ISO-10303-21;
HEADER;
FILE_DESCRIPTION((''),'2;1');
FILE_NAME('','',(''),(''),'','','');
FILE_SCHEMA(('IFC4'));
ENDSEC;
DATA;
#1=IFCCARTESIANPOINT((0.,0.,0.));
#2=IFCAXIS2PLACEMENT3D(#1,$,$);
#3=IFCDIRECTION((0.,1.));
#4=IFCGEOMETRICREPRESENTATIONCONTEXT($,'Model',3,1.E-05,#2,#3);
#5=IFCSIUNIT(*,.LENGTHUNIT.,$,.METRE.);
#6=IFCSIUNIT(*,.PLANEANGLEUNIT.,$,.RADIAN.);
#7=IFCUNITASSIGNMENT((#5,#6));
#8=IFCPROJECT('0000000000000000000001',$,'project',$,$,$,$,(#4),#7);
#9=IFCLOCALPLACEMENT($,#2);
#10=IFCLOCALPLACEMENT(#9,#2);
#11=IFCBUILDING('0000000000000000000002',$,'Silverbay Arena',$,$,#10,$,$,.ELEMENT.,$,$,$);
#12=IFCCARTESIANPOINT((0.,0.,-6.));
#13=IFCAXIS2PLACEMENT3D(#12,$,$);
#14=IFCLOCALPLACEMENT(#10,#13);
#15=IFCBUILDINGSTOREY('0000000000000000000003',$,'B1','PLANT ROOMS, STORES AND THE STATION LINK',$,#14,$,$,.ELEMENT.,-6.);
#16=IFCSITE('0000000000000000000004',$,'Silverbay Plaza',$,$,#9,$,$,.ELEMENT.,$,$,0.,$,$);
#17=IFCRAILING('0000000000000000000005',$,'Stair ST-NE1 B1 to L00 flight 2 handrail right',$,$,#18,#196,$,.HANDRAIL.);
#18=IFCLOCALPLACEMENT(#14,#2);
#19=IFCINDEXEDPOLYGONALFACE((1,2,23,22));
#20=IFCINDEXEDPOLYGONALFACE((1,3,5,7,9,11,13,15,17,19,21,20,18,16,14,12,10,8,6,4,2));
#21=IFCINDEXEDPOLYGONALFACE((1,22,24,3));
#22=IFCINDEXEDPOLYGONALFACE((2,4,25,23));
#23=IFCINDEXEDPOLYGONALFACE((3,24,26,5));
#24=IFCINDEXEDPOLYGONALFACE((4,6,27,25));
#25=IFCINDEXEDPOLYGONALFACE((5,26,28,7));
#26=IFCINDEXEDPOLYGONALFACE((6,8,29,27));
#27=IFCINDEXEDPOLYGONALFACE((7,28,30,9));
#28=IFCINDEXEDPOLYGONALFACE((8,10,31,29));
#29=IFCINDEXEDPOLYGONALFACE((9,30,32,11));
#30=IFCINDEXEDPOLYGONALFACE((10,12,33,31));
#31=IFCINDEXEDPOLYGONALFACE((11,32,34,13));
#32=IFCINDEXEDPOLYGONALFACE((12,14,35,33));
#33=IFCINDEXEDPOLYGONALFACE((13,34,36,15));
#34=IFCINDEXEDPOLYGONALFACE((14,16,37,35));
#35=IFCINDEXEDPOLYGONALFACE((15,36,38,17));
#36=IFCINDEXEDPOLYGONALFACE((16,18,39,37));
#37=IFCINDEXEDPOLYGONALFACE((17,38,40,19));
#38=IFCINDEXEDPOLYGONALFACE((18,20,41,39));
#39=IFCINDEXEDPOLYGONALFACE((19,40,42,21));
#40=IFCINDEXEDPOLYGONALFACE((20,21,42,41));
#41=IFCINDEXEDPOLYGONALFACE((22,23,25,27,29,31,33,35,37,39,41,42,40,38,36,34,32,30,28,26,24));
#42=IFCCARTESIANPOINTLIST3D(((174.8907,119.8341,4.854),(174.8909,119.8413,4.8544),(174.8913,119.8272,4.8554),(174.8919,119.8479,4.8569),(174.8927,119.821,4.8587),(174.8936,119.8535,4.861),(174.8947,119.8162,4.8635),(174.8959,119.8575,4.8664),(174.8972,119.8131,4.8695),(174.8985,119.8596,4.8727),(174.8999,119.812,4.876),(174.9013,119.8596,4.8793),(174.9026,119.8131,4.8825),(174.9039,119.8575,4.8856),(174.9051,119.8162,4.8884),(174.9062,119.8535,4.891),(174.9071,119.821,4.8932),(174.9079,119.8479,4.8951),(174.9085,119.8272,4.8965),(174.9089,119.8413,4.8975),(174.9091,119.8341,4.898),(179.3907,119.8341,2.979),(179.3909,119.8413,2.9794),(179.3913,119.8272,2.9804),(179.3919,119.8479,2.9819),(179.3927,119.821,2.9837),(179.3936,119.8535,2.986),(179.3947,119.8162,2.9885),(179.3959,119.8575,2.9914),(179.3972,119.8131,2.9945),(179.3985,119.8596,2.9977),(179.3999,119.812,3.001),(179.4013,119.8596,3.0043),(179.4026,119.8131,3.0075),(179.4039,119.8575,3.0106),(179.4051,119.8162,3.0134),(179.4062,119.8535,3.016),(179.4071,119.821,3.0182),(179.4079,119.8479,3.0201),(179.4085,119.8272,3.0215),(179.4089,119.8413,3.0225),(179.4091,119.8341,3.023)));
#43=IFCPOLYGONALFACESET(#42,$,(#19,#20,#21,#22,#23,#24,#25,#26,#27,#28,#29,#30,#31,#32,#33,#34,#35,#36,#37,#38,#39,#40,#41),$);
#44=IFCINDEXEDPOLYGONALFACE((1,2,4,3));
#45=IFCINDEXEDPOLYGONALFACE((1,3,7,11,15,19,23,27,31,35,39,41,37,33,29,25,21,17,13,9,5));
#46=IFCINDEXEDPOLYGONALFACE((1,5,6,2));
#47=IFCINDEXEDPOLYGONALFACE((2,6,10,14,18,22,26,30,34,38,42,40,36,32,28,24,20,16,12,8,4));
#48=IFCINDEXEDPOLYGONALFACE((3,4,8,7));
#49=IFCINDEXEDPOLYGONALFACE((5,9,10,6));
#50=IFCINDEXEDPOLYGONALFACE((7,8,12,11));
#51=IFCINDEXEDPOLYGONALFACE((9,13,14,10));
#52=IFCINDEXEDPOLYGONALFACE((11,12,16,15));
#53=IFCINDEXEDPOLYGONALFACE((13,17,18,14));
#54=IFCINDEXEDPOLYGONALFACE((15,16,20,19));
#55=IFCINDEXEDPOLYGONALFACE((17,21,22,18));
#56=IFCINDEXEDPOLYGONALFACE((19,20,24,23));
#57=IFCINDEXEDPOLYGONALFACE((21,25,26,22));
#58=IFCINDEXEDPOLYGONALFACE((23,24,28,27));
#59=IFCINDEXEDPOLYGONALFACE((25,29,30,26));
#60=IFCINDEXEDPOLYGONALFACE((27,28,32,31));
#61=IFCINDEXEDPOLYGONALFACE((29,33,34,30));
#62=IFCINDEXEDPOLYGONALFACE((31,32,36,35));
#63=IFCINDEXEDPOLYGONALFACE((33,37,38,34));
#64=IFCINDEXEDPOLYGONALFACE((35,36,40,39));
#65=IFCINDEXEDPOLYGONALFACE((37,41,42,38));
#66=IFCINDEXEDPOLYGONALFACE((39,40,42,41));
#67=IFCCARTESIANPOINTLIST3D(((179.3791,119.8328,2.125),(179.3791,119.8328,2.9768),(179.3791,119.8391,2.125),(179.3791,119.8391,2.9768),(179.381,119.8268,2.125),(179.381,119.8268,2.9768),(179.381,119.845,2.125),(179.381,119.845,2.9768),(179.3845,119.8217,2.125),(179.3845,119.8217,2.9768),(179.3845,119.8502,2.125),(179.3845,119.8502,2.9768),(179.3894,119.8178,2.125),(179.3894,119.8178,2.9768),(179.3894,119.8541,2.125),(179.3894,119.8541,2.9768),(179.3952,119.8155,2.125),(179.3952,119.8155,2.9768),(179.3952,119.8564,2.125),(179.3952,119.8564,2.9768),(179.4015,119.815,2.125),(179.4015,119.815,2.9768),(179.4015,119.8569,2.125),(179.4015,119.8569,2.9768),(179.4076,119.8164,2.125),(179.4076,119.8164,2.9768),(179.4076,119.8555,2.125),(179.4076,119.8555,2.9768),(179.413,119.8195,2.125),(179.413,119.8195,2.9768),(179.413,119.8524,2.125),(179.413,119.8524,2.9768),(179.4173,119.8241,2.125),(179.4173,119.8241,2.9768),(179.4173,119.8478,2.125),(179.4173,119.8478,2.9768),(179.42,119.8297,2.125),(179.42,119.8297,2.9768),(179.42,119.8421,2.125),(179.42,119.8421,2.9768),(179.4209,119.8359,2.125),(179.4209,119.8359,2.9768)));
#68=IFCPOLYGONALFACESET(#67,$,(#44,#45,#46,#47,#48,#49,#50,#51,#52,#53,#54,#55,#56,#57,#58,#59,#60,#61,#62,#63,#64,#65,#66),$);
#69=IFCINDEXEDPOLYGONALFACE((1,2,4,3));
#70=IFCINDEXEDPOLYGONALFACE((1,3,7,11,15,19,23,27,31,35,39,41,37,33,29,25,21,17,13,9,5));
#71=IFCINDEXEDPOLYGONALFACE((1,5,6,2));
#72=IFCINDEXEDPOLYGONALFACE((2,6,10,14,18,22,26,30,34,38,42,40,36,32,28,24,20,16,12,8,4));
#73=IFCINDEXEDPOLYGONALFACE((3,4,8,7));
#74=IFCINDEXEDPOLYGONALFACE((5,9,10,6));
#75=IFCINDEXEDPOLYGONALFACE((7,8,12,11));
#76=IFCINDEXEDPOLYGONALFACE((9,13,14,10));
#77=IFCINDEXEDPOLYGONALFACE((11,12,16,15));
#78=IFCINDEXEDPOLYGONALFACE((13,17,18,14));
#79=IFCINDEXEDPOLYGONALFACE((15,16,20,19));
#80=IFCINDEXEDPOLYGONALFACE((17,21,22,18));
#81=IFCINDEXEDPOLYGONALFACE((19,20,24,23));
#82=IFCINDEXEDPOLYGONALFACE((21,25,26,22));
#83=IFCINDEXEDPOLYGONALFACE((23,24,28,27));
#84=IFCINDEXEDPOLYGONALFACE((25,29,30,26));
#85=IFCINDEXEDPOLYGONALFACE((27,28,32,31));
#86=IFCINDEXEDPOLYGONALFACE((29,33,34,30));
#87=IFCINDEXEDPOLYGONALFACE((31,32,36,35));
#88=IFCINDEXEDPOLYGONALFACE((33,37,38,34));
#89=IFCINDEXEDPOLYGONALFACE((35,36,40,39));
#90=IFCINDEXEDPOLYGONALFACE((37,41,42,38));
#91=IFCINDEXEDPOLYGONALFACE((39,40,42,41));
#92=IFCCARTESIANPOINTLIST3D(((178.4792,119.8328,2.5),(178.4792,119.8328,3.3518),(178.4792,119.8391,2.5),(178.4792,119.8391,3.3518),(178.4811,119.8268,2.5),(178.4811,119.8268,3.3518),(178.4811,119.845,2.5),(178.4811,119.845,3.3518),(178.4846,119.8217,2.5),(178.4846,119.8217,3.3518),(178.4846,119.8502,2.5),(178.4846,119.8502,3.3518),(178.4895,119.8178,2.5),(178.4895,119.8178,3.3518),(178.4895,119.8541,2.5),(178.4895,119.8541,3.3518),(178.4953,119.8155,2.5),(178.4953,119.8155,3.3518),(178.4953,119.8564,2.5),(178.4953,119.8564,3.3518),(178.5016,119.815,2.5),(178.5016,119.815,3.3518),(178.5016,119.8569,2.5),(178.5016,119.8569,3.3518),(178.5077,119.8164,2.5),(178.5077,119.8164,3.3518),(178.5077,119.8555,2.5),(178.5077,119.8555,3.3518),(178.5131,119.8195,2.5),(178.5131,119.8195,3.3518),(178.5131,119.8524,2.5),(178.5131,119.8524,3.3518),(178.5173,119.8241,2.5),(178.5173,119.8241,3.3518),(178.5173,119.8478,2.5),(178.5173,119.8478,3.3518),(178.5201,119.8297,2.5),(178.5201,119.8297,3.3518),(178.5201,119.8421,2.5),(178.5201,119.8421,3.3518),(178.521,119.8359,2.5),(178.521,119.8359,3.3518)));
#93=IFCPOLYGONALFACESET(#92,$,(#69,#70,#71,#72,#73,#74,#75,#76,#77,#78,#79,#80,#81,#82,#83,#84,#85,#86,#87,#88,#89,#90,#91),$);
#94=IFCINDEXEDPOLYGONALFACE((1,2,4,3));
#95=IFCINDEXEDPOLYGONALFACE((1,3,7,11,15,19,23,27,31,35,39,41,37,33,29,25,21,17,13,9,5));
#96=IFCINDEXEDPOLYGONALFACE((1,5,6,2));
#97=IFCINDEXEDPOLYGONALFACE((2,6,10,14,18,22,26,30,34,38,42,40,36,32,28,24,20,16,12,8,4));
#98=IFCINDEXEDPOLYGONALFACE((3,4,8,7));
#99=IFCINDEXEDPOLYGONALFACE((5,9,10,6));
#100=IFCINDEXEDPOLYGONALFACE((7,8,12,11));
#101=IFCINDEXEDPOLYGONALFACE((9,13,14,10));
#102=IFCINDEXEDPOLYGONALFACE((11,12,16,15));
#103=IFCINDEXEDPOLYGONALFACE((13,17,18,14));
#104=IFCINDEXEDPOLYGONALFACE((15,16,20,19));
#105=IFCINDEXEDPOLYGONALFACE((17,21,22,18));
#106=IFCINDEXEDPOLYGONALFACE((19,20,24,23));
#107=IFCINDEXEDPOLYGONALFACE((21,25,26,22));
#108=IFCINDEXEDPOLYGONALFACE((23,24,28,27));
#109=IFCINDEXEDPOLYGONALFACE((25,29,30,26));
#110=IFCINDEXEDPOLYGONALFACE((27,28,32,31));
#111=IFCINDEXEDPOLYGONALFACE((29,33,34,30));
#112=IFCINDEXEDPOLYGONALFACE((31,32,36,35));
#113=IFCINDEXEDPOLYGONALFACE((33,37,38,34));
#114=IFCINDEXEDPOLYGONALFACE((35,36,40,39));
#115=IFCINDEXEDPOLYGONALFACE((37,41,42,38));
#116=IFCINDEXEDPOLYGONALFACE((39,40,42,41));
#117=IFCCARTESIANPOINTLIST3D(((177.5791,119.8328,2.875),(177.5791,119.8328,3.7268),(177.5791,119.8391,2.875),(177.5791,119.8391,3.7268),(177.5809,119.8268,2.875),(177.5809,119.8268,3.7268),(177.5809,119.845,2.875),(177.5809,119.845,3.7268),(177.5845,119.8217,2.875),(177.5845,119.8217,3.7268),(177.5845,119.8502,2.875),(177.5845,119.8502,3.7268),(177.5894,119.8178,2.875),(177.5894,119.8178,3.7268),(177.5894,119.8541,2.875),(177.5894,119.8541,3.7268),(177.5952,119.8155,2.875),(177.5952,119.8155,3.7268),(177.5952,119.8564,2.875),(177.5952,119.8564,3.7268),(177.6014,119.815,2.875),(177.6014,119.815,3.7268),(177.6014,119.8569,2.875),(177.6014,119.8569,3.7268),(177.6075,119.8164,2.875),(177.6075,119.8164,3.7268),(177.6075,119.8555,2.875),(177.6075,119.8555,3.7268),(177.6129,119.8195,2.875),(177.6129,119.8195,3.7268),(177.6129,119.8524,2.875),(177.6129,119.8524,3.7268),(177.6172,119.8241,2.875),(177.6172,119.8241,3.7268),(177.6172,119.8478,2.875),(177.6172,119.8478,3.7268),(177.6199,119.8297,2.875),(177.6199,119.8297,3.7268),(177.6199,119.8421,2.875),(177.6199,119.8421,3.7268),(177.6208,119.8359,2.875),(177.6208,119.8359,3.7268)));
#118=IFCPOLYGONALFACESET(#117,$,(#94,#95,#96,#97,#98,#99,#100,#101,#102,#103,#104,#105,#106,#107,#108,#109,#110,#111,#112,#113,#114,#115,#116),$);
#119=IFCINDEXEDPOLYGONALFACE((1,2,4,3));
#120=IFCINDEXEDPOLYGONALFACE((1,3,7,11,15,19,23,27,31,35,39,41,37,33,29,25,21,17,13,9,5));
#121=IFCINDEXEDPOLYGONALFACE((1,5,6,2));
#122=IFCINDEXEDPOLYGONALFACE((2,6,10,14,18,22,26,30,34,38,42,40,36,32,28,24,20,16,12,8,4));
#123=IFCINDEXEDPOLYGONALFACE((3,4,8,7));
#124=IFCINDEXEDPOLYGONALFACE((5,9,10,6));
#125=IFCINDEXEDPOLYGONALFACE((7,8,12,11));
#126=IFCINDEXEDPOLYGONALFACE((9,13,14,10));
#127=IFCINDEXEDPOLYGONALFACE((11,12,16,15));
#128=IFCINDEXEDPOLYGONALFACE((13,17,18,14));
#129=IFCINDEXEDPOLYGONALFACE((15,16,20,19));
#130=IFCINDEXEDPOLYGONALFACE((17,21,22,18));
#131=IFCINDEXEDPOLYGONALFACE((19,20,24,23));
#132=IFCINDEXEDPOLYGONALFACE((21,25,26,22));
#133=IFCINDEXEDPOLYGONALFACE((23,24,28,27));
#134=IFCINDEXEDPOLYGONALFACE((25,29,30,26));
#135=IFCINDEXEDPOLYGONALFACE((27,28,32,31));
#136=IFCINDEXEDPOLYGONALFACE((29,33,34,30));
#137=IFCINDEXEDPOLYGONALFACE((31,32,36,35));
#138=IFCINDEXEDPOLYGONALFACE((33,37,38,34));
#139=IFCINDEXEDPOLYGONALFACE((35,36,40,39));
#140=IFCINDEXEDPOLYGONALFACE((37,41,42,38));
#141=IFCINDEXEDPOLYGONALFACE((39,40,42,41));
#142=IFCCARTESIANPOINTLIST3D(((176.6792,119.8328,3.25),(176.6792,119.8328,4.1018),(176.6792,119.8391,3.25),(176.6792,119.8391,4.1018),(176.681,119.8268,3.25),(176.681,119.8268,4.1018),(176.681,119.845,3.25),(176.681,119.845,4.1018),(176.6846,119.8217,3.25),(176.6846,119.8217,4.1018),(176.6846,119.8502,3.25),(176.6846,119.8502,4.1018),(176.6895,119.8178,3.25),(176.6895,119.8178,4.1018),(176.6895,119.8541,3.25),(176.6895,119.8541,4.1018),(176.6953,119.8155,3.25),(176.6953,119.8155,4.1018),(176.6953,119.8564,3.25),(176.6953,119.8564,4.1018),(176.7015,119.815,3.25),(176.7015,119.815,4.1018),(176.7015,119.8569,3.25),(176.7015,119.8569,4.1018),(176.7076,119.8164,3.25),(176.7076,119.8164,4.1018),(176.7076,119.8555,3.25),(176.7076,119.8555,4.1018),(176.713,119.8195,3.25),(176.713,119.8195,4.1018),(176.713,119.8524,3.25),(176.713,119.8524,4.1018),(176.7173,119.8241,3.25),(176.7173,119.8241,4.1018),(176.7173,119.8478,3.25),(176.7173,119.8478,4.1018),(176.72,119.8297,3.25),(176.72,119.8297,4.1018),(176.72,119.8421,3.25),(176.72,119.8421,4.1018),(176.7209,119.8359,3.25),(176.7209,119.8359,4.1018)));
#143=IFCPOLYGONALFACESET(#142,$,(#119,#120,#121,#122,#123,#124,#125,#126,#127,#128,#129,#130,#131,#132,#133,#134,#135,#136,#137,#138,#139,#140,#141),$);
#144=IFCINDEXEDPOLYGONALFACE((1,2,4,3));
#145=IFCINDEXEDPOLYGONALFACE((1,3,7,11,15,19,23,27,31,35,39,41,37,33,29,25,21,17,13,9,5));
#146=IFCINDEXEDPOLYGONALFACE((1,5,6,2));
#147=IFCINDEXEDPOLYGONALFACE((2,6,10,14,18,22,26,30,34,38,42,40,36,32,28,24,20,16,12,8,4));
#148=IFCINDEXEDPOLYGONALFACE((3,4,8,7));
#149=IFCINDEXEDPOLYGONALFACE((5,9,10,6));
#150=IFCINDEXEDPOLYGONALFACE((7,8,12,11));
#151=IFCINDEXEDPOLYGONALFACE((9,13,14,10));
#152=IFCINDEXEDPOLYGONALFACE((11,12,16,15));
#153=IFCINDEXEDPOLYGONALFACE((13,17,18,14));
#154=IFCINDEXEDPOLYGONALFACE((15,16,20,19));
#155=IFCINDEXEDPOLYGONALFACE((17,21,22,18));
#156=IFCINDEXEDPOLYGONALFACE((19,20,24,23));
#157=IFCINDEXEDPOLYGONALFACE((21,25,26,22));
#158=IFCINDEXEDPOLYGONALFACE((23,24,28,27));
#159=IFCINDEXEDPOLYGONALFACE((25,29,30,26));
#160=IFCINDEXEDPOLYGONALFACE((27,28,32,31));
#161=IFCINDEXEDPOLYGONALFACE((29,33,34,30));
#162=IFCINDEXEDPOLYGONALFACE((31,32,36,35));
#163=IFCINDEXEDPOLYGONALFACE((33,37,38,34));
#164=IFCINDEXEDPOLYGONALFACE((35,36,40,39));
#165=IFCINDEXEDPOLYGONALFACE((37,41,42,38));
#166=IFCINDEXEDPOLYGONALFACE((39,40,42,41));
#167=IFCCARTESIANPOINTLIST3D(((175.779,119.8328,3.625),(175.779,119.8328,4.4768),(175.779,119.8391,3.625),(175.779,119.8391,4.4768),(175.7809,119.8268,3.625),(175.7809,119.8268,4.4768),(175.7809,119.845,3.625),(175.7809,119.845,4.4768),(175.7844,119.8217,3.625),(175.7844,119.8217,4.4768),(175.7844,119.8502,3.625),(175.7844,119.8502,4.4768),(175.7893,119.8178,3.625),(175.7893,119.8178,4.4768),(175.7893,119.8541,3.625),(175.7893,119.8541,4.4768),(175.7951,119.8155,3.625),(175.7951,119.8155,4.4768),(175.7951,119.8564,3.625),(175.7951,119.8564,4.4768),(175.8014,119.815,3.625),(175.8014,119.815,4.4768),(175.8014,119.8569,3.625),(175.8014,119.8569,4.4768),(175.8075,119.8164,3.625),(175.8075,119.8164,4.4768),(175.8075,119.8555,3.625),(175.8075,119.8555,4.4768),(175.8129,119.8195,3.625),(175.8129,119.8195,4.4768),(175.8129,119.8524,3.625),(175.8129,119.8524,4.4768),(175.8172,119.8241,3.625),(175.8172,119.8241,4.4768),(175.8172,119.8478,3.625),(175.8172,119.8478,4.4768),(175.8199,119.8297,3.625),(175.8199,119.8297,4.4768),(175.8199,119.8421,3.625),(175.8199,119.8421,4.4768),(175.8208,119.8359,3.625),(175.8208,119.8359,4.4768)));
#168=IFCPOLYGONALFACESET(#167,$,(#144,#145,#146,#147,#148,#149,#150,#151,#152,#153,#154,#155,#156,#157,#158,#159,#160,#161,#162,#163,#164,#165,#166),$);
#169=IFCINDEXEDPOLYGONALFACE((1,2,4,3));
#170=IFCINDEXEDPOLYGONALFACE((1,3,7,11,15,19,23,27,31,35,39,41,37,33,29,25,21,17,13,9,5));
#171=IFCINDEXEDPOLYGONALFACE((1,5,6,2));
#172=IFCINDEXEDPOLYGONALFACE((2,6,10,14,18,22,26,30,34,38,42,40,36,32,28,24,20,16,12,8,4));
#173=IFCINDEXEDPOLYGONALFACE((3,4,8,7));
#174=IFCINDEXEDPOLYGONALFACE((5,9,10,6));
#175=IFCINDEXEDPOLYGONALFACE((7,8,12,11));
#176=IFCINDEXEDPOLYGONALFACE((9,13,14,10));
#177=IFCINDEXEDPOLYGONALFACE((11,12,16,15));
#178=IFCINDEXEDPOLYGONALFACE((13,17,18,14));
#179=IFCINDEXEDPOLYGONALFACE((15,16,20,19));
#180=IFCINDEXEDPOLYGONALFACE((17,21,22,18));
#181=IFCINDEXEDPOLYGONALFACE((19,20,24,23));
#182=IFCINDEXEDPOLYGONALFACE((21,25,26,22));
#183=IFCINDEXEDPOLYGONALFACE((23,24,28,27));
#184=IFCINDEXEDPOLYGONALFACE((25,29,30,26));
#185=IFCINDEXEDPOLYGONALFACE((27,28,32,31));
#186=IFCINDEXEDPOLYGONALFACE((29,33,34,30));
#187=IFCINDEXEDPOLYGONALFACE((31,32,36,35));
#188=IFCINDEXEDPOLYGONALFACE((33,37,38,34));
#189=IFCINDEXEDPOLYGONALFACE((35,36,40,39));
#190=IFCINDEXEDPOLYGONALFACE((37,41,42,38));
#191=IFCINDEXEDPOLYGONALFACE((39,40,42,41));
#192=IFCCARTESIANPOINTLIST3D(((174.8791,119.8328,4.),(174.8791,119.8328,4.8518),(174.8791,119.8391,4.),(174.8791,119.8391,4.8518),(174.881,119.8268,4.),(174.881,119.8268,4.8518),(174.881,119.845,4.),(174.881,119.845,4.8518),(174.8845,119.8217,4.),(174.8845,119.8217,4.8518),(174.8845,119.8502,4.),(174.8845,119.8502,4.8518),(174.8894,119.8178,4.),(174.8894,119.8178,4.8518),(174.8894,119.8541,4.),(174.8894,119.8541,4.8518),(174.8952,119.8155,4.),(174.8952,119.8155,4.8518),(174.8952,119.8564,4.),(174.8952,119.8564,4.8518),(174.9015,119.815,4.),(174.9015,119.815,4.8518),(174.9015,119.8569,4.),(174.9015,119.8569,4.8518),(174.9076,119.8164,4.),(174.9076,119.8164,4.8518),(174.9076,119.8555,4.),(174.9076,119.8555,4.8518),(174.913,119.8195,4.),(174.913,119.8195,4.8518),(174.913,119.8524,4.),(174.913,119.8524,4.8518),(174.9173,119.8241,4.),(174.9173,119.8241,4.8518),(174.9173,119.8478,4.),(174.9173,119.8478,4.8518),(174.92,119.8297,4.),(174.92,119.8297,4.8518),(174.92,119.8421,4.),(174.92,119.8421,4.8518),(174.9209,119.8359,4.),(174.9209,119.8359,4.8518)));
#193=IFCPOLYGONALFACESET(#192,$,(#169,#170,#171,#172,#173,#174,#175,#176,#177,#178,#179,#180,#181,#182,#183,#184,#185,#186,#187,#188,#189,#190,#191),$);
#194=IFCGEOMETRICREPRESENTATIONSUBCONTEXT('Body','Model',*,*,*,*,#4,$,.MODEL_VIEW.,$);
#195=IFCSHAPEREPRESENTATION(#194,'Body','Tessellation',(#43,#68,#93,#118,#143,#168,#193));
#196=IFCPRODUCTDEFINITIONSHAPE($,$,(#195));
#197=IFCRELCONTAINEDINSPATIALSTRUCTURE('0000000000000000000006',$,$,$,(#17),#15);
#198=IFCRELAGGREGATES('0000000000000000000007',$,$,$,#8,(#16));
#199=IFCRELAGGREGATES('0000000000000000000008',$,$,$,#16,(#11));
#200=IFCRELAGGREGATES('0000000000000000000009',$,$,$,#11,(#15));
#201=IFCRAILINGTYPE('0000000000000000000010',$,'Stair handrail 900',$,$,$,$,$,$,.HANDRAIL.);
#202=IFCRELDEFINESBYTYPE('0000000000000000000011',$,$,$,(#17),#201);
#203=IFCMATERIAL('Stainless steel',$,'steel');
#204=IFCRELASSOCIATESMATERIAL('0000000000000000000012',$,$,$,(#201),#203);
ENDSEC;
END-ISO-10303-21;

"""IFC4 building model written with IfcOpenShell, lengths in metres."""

from ifc_helpers import new_model, si_unit, direction, frame, origin, origin_2d, place, context, subcontext, project, spatial, circle, extrude, material, type_object, element, save


model = new_model("IFC4")

# Units and contexts
model_context = context("Model", 3, precision=1e-05, world=origin(), true_north=direction((0.0, 1.0)))
body_context = subcontext(model_context, "Body", "Model", "MODEL_VIEW")
ifc_project = project(units=[si_unit("LENGTHUNIT", "METRE"), si_unit("PLANEANGLEUNIT", "RADIAN")], contexts=[model_context])

# Site, building, storey
site_placement = place(None, origin())
site = spatial("IfcSite", under=ifc_project, at=site_placement, Name="Silverbay Plaza", CompositionType="ELEMENT", RefElevation=0.0)
building_placement = place(site_placement, origin())
building = spatial("IfcBuilding", under=site, at=building_placement, Name="Silverbay Arena", CompositionType="ELEMENT")
storey_placement = place(building_placement, frame((0.0, 0.0, -6.0)))
storey = spatial("IfcBuildingStorey", under=building, at=storey_placement, Name="B1", Description="PLANT ROOMS, STORES AND THE STATION LINK", CompositionType="ELEMENT", Elevation=-6.0)

# Railing
ifc_material_1 = material(Name="Stainless steel", Category="steel")
railing_type_1 = type_object("IfcRailingType", Name="Stair handrail 900", PredefinedType="HANDRAIL", material=ifc_material_1)
for number, where, name in (
    (1, (179.3999, 119.8359, 2.125), "Stair ST-NE1 B1 to L00 flight 2 handrail right"),
):
    element("IfcRailing", number, at=place(storey_placement, frame(where)), inside=storey, type_object=railing_type_1, Name=name, PredefinedType="HANDRAIL", context=body_context, shape_type="SweptSolid", body=[
        extrude(circle(Radius=0.0239, at=origin_2d()), frame((0.0, 0.0, 0.876), z_axis=(-0.923077, 0.0, 0.384615), x_axis=(0.0, -1.0, 0.0)), (0.0, 0.0, 1.0), 4.875),
        extrude(circle(Radius=0.021, at=origin_2d()), origin(), (0.0, 0.0, 1.0), 0.8518),
        extrude(circle(Radius=0.021, at=origin_2d()), frame((-0.8999, 0.0, 0.375)), (0.0, 0.0, 1.0), 0.8518),
        extrude(circle(Radius=0.021, at=origin_2d()), frame((-1.8, 0.0, 0.75)), (0.0, 0.0, 1.0), 0.8518),
        extrude(circle(Radius=0.021, at=origin_2d()), frame((-2.7, 0.0, 1.125)), (0.0, 0.0, 1.0), 0.8518),
        extrude(circle(Radius=0.021, at=origin_2d()), frame((-3.6001, 0.0, 1.5)), (0.0, 0.0, 1.0), 0.8518),
        extrude(circle(Radius=0.021, at=origin_2d()), frame((-4.5, 0.0, 1.875)), (0.0, 0.0, 1.0), 0.8518),
    ])

save(model, "model.ifc")
